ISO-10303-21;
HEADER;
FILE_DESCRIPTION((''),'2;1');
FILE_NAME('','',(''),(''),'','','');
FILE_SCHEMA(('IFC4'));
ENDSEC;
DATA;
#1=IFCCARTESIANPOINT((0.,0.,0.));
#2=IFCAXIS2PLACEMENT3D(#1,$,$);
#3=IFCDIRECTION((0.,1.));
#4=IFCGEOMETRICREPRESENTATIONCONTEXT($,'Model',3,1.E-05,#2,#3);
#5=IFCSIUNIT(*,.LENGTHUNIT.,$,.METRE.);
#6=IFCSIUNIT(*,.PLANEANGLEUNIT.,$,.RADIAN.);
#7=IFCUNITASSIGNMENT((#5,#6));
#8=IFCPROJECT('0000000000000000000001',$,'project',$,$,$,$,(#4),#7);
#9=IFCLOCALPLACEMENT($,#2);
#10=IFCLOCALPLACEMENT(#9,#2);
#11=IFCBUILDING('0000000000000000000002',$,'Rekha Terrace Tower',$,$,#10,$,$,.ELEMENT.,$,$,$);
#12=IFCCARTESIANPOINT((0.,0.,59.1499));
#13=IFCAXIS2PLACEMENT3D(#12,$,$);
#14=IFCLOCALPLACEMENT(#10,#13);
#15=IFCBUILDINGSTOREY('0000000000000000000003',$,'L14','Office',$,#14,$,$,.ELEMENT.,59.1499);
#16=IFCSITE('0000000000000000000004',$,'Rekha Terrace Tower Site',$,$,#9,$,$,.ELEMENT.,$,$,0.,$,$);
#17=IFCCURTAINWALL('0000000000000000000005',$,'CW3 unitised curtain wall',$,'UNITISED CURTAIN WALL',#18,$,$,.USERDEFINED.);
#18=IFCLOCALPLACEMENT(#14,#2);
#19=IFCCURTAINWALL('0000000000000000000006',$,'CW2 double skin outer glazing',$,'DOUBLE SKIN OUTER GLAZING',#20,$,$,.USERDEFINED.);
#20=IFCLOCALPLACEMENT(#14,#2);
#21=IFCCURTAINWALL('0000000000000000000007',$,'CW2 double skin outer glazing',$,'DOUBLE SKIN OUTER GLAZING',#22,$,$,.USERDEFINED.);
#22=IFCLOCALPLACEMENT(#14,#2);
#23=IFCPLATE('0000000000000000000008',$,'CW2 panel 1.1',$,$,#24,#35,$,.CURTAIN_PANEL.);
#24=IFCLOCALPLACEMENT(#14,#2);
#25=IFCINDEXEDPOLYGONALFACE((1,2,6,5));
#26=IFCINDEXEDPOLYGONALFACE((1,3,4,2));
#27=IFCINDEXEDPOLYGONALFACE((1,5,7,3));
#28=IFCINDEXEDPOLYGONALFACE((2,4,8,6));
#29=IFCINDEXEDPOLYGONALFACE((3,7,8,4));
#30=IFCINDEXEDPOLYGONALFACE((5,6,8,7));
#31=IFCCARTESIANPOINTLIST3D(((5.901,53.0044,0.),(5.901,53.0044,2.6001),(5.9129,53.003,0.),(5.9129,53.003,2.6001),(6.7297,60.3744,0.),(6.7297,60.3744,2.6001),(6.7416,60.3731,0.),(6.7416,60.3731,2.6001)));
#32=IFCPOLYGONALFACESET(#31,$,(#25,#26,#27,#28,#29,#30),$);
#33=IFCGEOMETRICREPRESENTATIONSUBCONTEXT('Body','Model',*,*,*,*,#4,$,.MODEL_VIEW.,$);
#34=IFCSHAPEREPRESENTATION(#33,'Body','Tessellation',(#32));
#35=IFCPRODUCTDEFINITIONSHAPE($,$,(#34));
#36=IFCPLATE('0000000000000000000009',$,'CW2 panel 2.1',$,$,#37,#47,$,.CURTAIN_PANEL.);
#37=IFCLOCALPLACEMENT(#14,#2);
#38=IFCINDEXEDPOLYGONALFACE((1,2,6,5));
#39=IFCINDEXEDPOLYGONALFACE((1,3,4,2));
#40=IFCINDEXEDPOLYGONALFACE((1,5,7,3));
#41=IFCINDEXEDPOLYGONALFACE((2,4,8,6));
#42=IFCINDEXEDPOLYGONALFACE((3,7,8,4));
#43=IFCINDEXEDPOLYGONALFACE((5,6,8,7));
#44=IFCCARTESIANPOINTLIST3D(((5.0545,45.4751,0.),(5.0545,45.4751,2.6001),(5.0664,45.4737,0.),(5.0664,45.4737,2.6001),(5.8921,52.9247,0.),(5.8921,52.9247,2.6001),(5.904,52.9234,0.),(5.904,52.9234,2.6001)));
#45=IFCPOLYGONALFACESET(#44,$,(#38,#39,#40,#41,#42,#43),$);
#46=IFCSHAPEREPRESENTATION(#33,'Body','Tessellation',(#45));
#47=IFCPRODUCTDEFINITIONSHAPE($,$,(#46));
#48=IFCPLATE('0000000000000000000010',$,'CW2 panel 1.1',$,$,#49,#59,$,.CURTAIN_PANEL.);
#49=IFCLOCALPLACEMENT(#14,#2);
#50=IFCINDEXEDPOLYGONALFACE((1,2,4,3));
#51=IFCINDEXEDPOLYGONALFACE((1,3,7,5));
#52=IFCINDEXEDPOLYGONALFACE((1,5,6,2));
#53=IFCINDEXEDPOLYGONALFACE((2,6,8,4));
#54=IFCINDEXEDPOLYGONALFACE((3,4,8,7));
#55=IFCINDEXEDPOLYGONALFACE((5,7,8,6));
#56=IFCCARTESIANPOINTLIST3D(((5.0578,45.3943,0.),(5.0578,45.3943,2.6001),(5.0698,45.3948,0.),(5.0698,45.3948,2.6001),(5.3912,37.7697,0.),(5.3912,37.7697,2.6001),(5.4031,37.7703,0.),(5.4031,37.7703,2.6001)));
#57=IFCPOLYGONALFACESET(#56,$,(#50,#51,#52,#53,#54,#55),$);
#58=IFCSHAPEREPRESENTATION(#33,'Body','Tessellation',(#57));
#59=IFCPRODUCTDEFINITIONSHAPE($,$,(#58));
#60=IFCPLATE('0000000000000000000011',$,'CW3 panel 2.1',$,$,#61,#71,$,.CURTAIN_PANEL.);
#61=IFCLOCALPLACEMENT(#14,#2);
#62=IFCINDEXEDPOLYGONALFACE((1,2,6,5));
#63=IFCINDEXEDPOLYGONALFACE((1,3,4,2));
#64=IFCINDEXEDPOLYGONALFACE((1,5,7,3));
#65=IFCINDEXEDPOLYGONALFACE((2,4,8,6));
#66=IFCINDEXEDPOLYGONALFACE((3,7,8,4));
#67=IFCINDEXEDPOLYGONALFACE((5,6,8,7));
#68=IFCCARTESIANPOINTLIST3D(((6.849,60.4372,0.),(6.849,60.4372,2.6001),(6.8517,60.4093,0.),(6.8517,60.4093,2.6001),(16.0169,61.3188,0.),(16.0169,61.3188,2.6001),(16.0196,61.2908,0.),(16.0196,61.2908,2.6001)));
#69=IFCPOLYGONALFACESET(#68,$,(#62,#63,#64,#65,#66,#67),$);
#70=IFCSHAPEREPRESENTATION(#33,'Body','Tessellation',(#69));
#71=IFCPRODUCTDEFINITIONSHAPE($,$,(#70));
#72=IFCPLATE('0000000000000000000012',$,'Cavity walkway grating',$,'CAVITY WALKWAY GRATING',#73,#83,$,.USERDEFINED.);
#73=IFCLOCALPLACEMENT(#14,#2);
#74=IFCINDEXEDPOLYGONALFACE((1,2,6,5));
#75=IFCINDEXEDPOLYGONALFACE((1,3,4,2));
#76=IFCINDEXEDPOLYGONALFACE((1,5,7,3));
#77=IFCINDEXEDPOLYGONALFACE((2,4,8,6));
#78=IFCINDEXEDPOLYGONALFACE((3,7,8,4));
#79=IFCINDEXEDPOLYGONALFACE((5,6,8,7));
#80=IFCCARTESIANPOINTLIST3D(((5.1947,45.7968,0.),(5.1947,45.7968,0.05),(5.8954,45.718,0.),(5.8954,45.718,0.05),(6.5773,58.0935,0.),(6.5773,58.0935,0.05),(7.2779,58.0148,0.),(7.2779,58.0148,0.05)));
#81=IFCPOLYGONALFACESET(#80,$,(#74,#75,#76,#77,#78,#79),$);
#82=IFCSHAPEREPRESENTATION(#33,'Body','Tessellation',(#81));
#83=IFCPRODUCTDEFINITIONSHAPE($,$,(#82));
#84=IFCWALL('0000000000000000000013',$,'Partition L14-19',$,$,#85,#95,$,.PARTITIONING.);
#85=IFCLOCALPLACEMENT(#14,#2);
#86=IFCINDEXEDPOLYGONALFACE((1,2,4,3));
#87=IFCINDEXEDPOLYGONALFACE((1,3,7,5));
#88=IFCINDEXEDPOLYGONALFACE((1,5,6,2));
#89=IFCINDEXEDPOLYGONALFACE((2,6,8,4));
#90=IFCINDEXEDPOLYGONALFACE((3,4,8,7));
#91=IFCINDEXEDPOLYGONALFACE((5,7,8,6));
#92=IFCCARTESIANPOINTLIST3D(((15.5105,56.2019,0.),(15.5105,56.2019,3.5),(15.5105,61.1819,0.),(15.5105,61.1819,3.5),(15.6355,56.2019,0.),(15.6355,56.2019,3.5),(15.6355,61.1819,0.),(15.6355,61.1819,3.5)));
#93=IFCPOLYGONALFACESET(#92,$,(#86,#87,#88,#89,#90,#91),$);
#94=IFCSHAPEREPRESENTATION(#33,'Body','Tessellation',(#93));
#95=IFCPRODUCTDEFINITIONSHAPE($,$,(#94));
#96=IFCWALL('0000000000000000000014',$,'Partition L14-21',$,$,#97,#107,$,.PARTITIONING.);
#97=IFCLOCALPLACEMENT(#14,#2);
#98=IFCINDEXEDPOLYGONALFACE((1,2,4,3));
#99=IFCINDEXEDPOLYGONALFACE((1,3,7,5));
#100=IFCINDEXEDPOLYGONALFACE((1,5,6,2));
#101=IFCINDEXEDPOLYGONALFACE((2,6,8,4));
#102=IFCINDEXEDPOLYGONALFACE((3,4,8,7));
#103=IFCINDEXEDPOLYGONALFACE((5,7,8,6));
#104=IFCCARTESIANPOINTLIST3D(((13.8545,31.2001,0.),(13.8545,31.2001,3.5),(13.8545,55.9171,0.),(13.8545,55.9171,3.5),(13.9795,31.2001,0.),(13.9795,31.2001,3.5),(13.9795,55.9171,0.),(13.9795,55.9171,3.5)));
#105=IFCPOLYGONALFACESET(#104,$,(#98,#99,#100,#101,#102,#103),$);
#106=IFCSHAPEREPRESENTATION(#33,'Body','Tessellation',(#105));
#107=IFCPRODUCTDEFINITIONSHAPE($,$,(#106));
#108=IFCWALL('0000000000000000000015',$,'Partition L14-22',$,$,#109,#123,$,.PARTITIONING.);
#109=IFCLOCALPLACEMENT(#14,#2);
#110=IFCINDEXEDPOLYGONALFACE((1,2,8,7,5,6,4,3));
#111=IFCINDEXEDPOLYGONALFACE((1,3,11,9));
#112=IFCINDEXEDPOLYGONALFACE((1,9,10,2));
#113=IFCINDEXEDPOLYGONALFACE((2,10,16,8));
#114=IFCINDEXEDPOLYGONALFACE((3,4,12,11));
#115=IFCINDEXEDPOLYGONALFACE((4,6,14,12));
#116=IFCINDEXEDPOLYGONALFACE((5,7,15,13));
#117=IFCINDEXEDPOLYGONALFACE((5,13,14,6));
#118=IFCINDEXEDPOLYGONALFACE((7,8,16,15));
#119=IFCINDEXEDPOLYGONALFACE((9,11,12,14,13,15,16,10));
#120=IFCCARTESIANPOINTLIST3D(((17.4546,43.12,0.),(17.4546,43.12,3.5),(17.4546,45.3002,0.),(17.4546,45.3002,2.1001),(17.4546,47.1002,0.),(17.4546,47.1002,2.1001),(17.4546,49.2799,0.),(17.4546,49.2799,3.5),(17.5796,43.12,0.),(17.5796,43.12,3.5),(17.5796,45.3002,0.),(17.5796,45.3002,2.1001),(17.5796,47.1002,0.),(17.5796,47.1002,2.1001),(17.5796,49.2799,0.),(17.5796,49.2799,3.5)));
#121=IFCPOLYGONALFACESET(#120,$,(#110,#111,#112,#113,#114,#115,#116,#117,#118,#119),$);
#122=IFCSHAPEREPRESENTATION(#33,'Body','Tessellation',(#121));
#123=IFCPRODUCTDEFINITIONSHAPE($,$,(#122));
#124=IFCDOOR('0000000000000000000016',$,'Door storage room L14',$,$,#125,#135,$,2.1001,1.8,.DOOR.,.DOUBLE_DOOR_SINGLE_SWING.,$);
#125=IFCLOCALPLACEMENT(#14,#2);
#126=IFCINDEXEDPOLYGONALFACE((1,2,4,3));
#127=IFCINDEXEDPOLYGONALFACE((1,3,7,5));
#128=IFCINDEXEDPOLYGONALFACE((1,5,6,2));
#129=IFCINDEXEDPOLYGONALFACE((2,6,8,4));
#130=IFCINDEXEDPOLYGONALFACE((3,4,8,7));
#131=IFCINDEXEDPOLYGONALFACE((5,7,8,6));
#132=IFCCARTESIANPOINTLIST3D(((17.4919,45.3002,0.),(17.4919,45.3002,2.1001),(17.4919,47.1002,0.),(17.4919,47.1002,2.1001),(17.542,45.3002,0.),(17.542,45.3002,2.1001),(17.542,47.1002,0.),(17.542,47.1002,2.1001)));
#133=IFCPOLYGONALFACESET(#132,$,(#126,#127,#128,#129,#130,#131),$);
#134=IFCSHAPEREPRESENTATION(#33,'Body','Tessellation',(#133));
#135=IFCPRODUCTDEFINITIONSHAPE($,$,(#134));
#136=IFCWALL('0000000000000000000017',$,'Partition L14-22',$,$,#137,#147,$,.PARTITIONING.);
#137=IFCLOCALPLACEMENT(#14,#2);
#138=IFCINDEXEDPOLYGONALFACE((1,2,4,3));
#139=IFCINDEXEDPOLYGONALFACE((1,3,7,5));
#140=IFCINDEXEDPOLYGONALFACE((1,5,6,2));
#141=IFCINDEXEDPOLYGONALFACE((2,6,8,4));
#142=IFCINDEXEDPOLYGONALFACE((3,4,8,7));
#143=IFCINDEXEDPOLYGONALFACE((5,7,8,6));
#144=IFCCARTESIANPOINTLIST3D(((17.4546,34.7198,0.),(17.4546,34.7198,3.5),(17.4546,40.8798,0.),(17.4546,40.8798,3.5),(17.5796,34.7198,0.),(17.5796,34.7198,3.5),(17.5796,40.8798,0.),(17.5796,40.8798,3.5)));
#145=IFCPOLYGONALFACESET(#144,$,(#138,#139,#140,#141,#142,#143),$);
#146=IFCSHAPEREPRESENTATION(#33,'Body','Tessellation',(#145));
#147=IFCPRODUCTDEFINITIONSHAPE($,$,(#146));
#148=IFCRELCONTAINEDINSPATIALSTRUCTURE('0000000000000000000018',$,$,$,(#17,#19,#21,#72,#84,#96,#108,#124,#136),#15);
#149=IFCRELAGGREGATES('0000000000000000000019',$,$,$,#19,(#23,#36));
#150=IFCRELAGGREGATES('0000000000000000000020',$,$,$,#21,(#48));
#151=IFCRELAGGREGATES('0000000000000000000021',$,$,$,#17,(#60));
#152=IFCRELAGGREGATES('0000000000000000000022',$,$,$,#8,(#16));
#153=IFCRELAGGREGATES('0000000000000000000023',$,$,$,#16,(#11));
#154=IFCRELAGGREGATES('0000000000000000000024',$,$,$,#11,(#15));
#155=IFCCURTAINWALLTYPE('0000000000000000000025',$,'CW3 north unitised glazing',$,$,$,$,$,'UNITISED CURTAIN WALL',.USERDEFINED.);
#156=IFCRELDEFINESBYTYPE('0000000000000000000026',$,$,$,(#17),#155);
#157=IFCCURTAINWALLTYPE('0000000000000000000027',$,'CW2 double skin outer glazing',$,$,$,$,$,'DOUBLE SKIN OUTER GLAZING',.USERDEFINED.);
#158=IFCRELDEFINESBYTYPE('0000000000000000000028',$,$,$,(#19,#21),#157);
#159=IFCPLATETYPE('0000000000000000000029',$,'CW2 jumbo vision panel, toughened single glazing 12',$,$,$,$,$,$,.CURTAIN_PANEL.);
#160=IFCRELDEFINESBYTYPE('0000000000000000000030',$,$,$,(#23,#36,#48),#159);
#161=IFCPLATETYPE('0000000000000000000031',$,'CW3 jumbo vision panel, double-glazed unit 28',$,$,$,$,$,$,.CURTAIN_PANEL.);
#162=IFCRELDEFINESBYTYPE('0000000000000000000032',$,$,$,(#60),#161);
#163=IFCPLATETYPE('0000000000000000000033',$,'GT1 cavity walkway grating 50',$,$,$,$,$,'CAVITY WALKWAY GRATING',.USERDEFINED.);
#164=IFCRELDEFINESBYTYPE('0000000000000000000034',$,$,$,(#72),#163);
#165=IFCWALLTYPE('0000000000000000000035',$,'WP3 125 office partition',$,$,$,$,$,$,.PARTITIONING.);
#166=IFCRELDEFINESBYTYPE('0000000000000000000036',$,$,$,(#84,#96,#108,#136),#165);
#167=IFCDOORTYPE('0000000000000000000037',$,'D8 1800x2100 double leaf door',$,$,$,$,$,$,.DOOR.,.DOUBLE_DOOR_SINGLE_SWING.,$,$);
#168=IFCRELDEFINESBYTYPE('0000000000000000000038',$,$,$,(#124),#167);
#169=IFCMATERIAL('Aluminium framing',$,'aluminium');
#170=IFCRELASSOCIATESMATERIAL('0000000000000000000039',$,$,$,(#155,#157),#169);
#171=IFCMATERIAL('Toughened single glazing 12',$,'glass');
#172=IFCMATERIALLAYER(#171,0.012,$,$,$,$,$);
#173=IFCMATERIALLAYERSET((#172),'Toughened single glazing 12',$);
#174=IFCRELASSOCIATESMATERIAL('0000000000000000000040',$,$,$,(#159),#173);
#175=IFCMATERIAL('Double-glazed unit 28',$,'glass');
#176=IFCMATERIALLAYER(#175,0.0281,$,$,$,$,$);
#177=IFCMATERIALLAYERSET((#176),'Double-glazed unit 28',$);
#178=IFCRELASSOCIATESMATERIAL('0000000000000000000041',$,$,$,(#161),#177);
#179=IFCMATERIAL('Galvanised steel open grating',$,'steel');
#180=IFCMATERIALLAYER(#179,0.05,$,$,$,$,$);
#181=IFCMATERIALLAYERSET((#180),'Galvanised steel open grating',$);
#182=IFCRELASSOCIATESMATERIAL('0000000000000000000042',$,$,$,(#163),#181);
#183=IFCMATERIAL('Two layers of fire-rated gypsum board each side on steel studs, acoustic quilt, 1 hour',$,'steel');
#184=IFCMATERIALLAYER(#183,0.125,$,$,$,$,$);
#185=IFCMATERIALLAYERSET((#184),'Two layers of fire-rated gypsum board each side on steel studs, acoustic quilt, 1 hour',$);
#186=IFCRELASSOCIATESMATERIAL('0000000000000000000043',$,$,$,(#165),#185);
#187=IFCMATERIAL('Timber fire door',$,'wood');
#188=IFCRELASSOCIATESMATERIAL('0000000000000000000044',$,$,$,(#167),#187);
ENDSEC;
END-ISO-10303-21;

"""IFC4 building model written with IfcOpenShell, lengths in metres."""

from ifc_helpers import new_model, si_unit, direction, frame, frame_2d, origin, origin_2d, place, context, subcontext, project, spatial, rectangle, extrude, material, layer, layer_set, type_object, element, fill, aggregate, save


model = new_model("IFC4")

# Units and contexts
model_context = context("Model", 3, precision=1e-05, world=origin(), true_north=direction((0.0, 1.0)))
body_context = subcontext(model_context, "Body", "Model", "MODEL_VIEW")
ifc_project = project(units=[si_unit("LENGTHUNIT", "METRE"), si_unit("PLANEANGLEUNIT", "RADIAN")], contexts=[model_context])

# Site, building, storey
site_placement = place(None, origin())
site = spatial("IfcSite", under=ifc_project, at=site_placement, Name="Rekha Terrace Tower Site", CompositionType="ELEMENT", RefElevation=0.0)
building_placement = place(site_placement, origin())
building = spatial("IfcBuilding", under=site, at=building_placement, Name="Rekha Terrace Tower", CompositionType="ELEMENT")
storey_placement = place(building_placement, frame((0.0, 0.0, 59.1499)))
storey = spatial("IfcBuildingStorey", under=building, at=storey_placement, Name="L14", Description="Office", CompositionType="ELEMENT", Elevation=59.1499)

# Curtain walls
ifc_material_1 = material(Name="Aluminium framing", Category="aluminium")
curtain_wall_type_1 = type_object("IfcCurtainWallType", Name="CW3 north unitised glazing", ElementType="UNITISED CURTAIN WALL", PredefinedType="USERDEFINED", material=ifc_material_1)
curtain_wall_1_placement = place(storey_placement, origin())
curtain_wall_1 = element("IfcCurtainWall", 1, at=curtain_wall_1_placement, inside=storey, type_object=curtain_wall_type_1, Name="CW3 unitised curtain wall", ObjectType="UNITISED CURTAIN WALL", PredefinedType="USERDEFINED")
curtain_wall_type_2 = type_object("IfcCurtainWallType", Name="CW2 double skin outer glazing", ElementType="DOUBLE SKIN OUTER GLAZING", PredefinedType="USERDEFINED", material=ifc_material_1)
curtain_wall_2_placement = place(storey_placement, origin())
curtain_wall_2 = element("IfcCurtainWall", 2, at=curtain_wall_2_placement, inside=storey, type_object=curtain_wall_type_2, Name="CW2 double skin outer glazing", ObjectType="DOUBLE SKIN OUTER GLAZING", PredefinedType="USERDEFINED")

# Curtain wall
curtain_wall_3_placement = place(storey_placement, origin())
curtain_wall_3 = element("IfcCurtainWall", 3, at=curtain_wall_3_placement, inside=storey, type_object=curtain_wall_type_2, Name="CW2 double skin outer glazing", ObjectType="DOUBLE SKIN OUTER GLAZING", PredefinedType="USERDEFINED")

# Plates
ifc_material_2 = material(Name="Toughened single glazing 12", Category="glass")
ifc_layer_1 = layer(ifc_material_2, 0.012)
ifc_layer_set_1 = layer_set([ifc_layer_1], Name="Toughened single glazing 12")
plate_type_1 = type_object("IfcPlateType", Name="CW2 jumbo vision panel, toughened single glazing 12", PredefinedType="CURTAIN_PANEL", material=ifc_layer_set_1)
plate_1_placement = place(storey_placement, frame((6.3213, 56.6887, 0.0), z_axis=(0.0, 0.0, 1.0), x_axis=(-0.11173, -0.993739, 0.0)))
plate_1 = element("IfcPlate", 4, at=plate_1_placement, type_object=plate_type_1, Name="CW2 panel 1.1", PredefinedType="CURTAIN_PANEL", context=body_context, shape_type="SweptSolid", body=[
    extrude(rectangle(XDim=7.4165, YDim=0.012, at=origin_2d()), origin(), (0.0, 0.0, 1.0), 2.6001),
])
plate_2_placement = place(storey_placement, frame((5.4792, 49.1992, 0.0), z_axis=(0.0, 0.0, 1.0), x_axis=(-0.11173, -0.993739, 0.0)))
plate_2 = element("IfcPlate", 5, at=plate_2_placement, type_object=plate_type_1, Name="CW2 panel 2.1", PredefinedType="CURTAIN_PANEL", context=body_context, shape_type="SweptSolid", body=[
    extrude(rectangle(XDim=7.4966, YDim=0.012, at=origin_2d()), origin(), (0.0, 0.0, 1.0), 2.6001),
])
aggregate(curtain_wall_2, [plate_1, plate_2])
plate_3_placement = place(storey_placement, frame((5.2305, 41.5823, 0.0), z_axis=(0.0, 0.0, 1.0), x_axis=(0.043683, -0.999045, 0.0)))
plate_3 = element("IfcPlate", 6, at=plate_3_placement, type_object=plate_type_1, Name="CW2 panel 1.1", PredefinedType="CURTAIN_PANEL", context=body_context, shape_type="SweptSolid", body=[
    extrude(rectangle(XDim=7.6318, YDim=0.012, at=origin_2d()), origin(), (0.0, 0.0, 1.0), 2.6001),
])
aggregate(curtain_wall_3, [plate_3])
ifc_material_3 = material(Name="Double-glazed unit 28", Category="glass")
ifc_layer_2 = layer(ifc_material_3, 0.0281)
ifc_layer_set_2 = layer_set([ifc_layer_2], Name="Double-glazed unit 28")
plate_type_2 = type_object("IfcPlateType", Name="CW3 jumbo vision panel, double-glazed unit 28", PredefinedType="CURTAIN_PANEL", material=ifc_layer_set_2)
plate_4_placement = place(storey_placement, frame((11.4343, 60.864, 0.0), z_axis=(0.0, 0.0, 1.0), x_axis=(-0.995409, -0.095712, 0.0)))
plate_4 = element("IfcPlate", 7, at=plate_4_placement, type_object=plate_type_2, Name="CW3 panel 2.1", PredefinedType="CURTAIN_PANEL", context=body_context, shape_type="SweptSolid", body=[
    extrude(rectangle(XDim=9.2102, YDim=0.0281, at=origin_2d()), origin(), (0.0, 0.0, 1.0), 2.6001),
])
aggregate(curtain_wall_1, [plate_4])
ifc_material_4 = material(Name="Galvanised steel open grating", Category="steel")
ifc_layer_3 = layer(ifc_material_4, 0.05)
ifc_layer_set_3 = layer_set([ifc_layer_3], Name="Galvanised steel open grating")
plate_type_3 = type_object("IfcPlateType", Name="GT1 cavity walkway grating 50", ElementType="CAVITY WALKWAY GRATING", PredefinedType="USERDEFINED", material=ifc_layer_set_3)
plate_5_placement = place(storey_placement, frame((6.2363, 51.9058, 0.0), z_axis=(0.0, 0.0, 1.0), x_axis=(-0.11173, -0.993739, 0.0)))
element("IfcPlate", 8, at=plate_5_placement, inside=storey, type_object=plate_type_3, Name="Cavity walkway grating", ObjectType="CAVITY WALKWAY GRATING", PredefinedType="USERDEFINED", context=body_context, shape_type="SweptSolid", body=[
    extrude(rectangle(XDim=12.3743, YDim=0.7051, at=origin_2d()), origin(), (0.0, 0.0, 1.0), 0.05),
])

# Walls
ifc_material_5 = material(Name="Two layers of fire-rated gypsum board each side on steel studs, acoustic quilt, 1 hour", Category="steel")
ifc_layer_4 = layer(ifc_material_5, 0.125)
ifc_layer_set_4 = layer_set([ifc_layer_4], Name="Two layers of fire-rated gypsum board each side on steel studs, acoustic quilt, 1 hour")
wall_type = type_object("IfcWallType", Name="WP3 125 office partition", PredefinedType="PARTITIONING", material=ifc_layer_set_4)
wall_1_placement = place(storey_placement, frame((15.573, 56.2019, 0.0), z_axis=(0.0, 0.0, 1.0), x_axis=(0.0, 1.0, 0.0)))
element("IfcWall", 9, at=wall_1_placement, inside=storey, type_object=wall_type, Name="Partition L14-19", PredefinedType="PARTITIONING", context=body_context, shape_type="SweptSolid", body=[
    extrude(rectangle(XDim=4.98, YDim=0.125, at=frame_2d((2.49, 0.0))), origin(), (0.0, 0.0, 1.0), 3.5),
])
wall_2_placement = place(storey_placement, frame((13.917, 55.917, 0.0), z_axis=(0.0, 0.0, 1.0), x_axis=(0.0, -1.0, 0.0)))
element("IfcWall", 10, at=wall_2_placement, inside=storey, type_object=wall_type, Name="Partition L14-21", PredefinedType="PARTITIONING", context=body_context, shape_type="SweptSolid", body=[
    extrude(rectangle(XDim=24.717, YDim=0.125, at=frame_2d((12.3584, 0.0))), origin(), (0.0, 0.0, 1.0), 3.5),
])

# Wall, opening, door
wall_3_placement = place(storey_placement, frame((17.5171, 49.28, 0.0), z_axis=(0.0, 0.0, 1.0), x_axis=(0.0, -1.0, 0.0)))
wall_3 = element("IfcWall", 11, at=wall_3_placement, inside=storey, type_object=wall_type, Name="Partition L14-22", PredefinedType="PARTITIONING", context=body_context, shape_type="SweptSolid", body=[
    extrude(rectangle(XDim=6.1599, YDim=0.125, at=frame_2d((3.0801, 0.0))), origin(), (0.0, 0.0, 1.0), 3.5),
])
opening_placement = place(wall_3_placement, frame((2.1799, 0.0, 0.0)))
opening = element("IfcOpeningElement", 12, at=opening_placement, cuts=wall_3, PredefinedType="OPENING", context=body_context, shape_type="SweptSolid", body=[
    extrude(rectangle(XDim=1.8, YDim=2.1001, at=frame_2d((0.8999, 1.05))), frame((0.0, 0.0725, 0.0), z_axis=(0.0, -1.0, 0.0), x_axis=(1.0, 0.0, 0.0)), (0.0, 0.0, 1.0), 0.145),
])
ifc_material_6 = material(Name="Timber fire door", Category="wood")
door_type = type_object("IfcDoorType", Name="D8 1800x2100 double leaf door", OperationType="DOUBLE_DOOR_SINGLE_SWING", PredefinedType="DOOR", material=ifc_material_6)
door_placement = place(opening_placement, origin())
door = element("IfcDoor", 13, at=door_placement, inside=storey, type_object=door_type, Name="Door storage room L14", OperationType="DOUBLE_DOOR_SINGLE_SWING", OverallHeight=2.1001, OverallWidth=1.8, PredefinedType="DOOR", context=body_context, shape_type="SweptSolid", body=[
    extrude(rectangle(XDim=1.8, YDim=2.1001, at=frame_2d((0.8999, 1.05))), frame((0.0, 0.0249, 0.0), z_axis=(0.0, -1.0, 0.0), x_axis=(1.0, 0.0, 0.0)), (0.0, 0.0, 1.0), 0.05),
])
fill(opening, door)

# Wall
wall_4_placement = place(storey_placement, frame((17.5171, 40.8799, 0.0), z_axis=(0.0, 0.0, 1.0), x_axis=(0.0, -1.0, 0.0)))
element("IfcWall", 14, at=wall_4_placement, inside=storey, type_object=wall_type, Name="Partition L14-22", PredefinedType="PARTITIONING", context=body_context, shape_type="SweptSolid", body=[
    extrude(rectangle(XDim=6.1599, YDim=0.125, at=frame_2d((3.0801, 0.0))), origin(), (0.0, 0.0, 1.0), 3.5),
])

save(model, "model.ifc")
